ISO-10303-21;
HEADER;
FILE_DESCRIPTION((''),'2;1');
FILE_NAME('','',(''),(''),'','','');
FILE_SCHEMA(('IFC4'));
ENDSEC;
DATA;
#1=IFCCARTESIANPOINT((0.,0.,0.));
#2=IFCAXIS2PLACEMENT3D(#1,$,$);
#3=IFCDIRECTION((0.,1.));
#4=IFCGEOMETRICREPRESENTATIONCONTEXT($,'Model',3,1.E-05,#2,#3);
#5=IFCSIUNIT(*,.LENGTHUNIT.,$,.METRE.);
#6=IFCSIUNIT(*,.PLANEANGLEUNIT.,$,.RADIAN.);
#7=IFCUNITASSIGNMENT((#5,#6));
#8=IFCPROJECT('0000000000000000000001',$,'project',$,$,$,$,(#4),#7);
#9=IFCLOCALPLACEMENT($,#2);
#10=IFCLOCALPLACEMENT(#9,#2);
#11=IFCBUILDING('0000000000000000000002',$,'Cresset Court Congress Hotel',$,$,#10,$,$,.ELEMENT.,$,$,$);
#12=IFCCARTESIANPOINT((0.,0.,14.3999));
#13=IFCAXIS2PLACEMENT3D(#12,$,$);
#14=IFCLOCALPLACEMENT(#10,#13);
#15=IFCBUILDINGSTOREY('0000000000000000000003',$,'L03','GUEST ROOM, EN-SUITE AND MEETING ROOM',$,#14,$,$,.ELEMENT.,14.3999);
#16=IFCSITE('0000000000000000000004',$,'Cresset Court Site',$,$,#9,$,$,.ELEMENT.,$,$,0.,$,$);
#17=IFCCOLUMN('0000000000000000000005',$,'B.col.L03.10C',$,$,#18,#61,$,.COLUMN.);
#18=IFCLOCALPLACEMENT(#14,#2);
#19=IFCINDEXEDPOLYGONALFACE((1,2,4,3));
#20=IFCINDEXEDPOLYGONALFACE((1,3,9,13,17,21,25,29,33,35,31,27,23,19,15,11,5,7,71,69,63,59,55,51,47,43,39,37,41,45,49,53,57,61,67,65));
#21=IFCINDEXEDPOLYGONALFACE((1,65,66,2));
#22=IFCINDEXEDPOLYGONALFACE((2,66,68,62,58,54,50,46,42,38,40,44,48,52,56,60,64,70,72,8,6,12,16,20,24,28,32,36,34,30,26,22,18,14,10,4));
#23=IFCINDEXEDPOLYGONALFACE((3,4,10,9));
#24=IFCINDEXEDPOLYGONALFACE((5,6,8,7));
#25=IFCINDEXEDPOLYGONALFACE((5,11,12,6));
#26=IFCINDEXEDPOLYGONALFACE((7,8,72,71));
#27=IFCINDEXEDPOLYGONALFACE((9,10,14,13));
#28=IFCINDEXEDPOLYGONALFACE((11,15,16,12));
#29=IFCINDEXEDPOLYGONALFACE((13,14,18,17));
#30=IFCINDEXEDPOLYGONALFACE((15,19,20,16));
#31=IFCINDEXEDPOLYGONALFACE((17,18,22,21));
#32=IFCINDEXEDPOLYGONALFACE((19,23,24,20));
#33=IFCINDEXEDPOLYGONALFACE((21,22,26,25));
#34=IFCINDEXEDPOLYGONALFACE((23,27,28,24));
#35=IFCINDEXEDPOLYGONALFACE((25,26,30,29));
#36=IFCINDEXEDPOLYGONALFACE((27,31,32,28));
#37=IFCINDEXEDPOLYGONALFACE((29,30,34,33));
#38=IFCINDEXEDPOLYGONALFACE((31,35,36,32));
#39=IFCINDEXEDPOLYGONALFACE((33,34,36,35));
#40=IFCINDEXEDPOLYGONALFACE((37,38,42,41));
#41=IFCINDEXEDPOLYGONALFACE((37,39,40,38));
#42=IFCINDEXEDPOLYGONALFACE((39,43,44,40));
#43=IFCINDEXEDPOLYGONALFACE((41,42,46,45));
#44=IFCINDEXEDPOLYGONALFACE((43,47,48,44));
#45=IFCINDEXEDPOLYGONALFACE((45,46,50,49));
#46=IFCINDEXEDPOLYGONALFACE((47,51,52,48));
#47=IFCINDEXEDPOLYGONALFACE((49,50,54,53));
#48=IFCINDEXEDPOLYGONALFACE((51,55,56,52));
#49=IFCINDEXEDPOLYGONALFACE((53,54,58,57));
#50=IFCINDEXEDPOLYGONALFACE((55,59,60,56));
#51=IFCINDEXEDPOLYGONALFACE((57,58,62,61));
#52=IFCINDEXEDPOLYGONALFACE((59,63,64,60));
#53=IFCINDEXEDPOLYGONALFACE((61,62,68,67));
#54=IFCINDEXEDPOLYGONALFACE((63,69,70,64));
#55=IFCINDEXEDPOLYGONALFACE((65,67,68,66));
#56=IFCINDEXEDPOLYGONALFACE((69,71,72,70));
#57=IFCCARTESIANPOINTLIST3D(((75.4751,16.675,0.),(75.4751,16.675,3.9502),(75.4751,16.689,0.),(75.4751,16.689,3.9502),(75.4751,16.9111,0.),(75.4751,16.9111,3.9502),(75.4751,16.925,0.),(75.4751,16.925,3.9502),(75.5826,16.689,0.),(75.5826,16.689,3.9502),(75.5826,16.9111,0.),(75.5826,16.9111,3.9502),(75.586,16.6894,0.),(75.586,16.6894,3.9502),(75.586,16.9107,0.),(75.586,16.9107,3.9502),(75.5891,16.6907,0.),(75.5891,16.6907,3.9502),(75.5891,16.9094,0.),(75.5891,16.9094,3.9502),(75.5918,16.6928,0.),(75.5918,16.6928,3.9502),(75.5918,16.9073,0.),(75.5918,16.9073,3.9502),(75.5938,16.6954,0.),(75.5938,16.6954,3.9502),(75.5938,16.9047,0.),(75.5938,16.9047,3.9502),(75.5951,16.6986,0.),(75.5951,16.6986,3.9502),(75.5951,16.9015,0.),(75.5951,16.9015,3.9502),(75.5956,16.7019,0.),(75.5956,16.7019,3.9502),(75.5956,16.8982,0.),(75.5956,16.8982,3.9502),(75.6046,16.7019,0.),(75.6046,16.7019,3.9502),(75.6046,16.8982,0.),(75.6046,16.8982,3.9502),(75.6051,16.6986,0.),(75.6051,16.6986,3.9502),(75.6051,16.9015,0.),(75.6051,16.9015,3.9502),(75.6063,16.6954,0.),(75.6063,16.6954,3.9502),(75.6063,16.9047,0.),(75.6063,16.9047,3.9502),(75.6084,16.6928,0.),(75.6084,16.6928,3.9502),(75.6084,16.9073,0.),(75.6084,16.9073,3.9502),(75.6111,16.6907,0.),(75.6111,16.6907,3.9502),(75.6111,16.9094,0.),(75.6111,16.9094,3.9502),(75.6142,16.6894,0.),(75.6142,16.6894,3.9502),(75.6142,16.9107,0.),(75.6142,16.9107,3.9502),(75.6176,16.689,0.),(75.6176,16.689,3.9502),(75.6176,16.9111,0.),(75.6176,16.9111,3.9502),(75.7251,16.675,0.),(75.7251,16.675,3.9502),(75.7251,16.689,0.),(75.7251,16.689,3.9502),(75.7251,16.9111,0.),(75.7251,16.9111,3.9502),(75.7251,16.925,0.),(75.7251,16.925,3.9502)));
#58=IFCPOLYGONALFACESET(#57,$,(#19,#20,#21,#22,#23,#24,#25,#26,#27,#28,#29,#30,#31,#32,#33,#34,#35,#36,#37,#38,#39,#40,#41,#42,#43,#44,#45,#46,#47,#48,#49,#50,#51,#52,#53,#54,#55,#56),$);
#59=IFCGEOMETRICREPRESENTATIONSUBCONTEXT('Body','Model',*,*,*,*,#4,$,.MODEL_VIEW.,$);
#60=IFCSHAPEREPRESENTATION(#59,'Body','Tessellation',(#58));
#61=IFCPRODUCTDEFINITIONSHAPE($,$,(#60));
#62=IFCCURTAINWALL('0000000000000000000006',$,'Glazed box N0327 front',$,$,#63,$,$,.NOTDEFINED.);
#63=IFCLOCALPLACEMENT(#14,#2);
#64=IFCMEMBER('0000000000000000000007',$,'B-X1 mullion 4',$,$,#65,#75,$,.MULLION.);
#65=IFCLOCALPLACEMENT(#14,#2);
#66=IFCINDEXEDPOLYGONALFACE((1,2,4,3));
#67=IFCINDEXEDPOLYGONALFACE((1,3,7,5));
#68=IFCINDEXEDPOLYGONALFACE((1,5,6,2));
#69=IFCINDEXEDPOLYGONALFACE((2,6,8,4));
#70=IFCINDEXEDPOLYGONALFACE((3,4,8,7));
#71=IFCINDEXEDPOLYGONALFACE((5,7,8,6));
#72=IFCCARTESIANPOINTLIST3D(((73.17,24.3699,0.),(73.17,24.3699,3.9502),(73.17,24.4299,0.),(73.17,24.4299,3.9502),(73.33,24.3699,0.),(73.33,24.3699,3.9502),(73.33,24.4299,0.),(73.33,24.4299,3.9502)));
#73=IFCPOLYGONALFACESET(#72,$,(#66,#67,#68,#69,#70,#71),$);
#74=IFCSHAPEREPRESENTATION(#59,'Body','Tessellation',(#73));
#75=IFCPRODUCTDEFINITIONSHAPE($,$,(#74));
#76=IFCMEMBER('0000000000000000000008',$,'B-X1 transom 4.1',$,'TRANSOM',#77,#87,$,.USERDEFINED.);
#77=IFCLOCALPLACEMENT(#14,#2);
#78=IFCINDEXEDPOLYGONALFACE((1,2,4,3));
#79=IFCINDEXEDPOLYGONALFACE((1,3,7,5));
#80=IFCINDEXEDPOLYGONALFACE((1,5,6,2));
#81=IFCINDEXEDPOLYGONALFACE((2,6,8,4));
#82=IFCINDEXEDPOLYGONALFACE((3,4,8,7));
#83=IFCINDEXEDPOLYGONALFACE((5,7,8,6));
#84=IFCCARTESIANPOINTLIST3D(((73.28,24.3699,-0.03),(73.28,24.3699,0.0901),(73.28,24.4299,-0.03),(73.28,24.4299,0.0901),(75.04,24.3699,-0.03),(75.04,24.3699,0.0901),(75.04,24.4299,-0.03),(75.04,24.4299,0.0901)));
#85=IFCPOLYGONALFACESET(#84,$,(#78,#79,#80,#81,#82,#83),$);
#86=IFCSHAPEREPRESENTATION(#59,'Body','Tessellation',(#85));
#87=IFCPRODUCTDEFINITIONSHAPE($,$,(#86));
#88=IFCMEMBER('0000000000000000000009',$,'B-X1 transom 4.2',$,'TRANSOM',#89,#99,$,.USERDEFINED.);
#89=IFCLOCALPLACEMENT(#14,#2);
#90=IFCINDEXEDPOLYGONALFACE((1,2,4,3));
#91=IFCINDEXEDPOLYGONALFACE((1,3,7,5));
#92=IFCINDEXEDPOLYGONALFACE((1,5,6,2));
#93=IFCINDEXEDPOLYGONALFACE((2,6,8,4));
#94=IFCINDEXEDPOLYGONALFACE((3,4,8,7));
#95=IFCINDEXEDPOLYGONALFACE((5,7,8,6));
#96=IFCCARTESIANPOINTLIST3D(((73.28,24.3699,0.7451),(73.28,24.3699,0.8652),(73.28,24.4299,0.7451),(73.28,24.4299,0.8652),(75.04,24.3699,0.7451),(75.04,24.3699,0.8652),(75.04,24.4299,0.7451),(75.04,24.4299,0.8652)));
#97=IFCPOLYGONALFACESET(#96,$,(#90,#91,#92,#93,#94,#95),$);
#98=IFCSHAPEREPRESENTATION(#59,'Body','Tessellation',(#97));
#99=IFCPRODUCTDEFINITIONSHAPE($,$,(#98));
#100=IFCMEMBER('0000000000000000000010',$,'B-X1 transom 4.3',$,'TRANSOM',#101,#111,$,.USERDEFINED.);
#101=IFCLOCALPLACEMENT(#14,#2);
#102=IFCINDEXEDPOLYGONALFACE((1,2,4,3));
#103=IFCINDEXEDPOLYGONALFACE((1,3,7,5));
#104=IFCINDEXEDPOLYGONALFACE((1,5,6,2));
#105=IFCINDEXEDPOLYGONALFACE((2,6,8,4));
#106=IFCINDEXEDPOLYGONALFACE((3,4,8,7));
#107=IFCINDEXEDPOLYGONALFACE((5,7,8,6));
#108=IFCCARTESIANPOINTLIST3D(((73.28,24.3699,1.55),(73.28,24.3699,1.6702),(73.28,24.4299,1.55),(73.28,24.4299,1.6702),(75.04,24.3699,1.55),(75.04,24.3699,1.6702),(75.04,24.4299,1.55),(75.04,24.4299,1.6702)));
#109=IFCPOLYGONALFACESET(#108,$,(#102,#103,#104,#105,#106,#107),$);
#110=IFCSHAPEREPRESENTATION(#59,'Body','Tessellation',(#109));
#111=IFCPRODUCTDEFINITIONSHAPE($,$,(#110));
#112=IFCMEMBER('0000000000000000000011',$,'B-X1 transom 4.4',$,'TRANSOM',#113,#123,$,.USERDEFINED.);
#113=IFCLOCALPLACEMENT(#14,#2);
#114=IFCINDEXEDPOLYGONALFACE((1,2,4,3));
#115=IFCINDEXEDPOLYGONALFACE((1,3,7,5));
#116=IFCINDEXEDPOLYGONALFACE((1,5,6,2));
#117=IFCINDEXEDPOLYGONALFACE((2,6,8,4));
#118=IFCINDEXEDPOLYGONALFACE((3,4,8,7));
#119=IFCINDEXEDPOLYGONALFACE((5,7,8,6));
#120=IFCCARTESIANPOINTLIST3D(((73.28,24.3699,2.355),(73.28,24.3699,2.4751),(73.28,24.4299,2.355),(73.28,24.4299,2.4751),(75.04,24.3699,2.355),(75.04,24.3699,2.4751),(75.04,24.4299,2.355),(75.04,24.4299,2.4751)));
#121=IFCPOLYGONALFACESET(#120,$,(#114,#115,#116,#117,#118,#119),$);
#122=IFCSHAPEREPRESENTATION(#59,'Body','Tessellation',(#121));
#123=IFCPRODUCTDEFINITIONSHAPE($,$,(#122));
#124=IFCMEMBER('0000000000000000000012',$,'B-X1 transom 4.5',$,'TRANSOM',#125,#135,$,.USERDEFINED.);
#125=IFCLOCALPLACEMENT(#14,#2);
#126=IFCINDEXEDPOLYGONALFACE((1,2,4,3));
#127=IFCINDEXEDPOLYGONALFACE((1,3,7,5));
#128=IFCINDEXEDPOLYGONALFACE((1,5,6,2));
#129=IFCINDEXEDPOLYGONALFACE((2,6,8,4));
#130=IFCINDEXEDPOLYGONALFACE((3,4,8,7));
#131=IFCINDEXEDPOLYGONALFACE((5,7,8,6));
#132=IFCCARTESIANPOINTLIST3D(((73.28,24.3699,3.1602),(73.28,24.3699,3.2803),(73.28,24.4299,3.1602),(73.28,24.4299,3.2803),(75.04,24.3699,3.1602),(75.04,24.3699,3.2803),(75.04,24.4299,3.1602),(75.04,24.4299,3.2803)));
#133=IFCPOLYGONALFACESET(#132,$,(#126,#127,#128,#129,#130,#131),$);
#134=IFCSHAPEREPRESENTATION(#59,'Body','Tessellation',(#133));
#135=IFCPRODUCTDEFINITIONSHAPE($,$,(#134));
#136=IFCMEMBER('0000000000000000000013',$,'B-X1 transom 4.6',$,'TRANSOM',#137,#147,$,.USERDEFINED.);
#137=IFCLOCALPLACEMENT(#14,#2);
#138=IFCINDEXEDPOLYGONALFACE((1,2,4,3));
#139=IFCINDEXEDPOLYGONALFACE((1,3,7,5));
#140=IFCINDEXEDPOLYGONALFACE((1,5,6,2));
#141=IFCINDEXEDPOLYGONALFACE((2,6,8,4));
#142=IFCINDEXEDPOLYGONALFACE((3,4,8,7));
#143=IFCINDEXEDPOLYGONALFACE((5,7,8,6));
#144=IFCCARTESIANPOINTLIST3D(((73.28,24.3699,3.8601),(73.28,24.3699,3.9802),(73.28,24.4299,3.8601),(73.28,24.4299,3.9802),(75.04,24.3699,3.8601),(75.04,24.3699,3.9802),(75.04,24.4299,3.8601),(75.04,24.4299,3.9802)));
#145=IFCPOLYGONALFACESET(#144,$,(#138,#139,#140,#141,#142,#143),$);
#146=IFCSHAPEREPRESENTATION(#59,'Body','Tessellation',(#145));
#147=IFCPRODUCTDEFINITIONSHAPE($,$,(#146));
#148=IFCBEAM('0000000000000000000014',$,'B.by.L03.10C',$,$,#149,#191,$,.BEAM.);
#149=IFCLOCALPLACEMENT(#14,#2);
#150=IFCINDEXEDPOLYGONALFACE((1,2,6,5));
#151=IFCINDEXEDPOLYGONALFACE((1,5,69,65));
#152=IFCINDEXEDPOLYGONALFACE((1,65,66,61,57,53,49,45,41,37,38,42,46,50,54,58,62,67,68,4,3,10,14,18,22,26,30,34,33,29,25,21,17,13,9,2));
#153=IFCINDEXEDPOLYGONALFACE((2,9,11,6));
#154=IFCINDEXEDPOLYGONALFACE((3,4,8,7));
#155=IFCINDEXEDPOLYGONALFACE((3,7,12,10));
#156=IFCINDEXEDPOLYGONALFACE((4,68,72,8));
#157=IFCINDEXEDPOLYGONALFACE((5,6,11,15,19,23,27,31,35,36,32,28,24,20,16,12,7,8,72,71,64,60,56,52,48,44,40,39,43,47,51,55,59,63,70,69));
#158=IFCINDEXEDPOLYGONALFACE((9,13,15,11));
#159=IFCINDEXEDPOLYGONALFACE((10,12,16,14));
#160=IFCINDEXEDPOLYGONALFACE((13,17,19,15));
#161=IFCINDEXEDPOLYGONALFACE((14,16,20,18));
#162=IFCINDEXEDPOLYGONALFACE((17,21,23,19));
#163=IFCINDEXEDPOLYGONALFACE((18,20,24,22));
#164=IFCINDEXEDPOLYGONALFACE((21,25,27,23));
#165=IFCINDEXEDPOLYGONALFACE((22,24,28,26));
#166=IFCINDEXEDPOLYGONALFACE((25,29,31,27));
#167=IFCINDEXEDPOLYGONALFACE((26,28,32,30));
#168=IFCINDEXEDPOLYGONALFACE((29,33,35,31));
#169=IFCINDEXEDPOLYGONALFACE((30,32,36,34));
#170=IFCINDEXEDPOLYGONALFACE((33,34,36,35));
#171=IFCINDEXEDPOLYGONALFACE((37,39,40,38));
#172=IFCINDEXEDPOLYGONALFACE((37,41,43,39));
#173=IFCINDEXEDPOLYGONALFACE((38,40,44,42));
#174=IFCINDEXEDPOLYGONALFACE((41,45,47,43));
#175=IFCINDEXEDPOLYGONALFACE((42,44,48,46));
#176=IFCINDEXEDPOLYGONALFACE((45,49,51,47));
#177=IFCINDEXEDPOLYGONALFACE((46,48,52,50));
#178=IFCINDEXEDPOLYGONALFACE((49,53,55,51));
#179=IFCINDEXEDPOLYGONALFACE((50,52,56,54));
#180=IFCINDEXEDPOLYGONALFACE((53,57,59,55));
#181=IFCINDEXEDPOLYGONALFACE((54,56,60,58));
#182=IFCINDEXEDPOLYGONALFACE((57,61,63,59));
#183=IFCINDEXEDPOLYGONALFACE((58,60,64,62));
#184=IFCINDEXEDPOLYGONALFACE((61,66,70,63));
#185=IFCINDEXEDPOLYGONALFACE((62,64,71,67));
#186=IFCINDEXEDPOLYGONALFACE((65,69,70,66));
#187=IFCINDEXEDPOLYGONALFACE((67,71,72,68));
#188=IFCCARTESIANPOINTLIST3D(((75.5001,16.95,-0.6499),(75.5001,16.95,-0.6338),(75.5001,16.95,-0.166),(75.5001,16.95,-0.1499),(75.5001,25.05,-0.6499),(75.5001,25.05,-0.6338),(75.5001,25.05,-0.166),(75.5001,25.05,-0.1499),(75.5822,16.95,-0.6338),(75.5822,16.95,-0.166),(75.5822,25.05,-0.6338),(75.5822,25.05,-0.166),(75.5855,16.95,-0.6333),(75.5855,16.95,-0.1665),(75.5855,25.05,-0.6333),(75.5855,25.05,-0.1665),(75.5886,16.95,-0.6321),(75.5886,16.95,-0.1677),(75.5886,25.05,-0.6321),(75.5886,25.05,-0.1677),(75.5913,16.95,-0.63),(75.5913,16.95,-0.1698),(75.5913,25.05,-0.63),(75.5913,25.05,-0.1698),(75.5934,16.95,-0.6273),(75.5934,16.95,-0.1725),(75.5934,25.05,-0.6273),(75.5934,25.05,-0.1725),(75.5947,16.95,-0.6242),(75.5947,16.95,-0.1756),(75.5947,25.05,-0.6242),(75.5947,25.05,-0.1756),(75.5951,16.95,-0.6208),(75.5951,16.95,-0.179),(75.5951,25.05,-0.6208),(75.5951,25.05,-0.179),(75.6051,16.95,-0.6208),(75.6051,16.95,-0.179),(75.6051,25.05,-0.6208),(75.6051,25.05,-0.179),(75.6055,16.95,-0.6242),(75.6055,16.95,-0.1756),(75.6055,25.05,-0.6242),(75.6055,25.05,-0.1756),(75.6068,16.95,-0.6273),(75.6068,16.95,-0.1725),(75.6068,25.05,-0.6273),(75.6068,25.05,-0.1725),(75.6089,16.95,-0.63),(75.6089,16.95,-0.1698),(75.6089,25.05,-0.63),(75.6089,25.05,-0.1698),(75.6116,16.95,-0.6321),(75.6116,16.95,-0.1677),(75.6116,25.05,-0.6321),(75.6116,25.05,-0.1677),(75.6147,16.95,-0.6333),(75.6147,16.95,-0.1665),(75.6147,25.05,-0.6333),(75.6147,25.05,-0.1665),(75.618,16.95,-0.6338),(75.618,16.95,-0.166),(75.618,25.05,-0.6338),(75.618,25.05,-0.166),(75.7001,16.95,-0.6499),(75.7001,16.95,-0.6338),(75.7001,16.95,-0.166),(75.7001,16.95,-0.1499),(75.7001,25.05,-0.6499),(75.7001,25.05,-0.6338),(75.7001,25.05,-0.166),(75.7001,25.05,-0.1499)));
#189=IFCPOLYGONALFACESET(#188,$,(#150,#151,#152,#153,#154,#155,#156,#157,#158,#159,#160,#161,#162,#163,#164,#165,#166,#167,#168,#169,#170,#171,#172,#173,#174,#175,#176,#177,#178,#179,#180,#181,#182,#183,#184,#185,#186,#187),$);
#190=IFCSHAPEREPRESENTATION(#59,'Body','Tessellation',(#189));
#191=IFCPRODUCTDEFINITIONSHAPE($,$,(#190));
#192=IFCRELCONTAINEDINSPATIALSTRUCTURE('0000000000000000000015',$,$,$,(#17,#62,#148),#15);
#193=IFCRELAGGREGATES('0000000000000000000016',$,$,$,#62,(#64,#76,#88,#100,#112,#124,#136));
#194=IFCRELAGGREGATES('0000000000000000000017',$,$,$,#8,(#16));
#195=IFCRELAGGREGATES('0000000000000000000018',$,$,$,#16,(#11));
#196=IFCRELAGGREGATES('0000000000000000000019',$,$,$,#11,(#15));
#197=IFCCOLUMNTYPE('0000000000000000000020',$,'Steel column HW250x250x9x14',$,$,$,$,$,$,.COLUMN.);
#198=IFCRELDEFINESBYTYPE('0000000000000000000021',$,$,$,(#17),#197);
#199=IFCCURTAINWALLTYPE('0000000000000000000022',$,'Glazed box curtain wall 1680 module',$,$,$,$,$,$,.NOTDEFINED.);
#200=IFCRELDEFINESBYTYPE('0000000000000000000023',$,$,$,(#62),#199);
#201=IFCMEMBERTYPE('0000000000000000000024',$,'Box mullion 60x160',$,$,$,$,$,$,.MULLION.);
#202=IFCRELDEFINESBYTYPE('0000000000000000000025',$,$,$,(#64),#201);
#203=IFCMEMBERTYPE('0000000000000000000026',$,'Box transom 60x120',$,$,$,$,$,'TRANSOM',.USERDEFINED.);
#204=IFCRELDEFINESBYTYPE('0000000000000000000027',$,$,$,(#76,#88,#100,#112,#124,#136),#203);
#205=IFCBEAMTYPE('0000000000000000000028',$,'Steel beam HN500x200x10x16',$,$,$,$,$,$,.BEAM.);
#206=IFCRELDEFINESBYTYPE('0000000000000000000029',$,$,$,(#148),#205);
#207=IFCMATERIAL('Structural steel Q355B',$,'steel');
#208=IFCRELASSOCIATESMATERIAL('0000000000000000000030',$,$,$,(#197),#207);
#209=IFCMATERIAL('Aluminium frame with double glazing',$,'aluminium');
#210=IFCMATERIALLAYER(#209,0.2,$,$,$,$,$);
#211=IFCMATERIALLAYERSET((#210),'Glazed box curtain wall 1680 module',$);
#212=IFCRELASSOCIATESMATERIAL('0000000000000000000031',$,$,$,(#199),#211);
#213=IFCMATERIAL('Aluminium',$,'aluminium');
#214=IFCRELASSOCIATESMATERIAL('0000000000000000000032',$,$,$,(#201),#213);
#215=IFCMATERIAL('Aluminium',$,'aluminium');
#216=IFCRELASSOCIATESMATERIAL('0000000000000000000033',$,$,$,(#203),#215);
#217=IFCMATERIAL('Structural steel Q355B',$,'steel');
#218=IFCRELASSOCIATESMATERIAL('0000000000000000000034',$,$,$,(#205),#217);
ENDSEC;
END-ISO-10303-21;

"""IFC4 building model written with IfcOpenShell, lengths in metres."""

from ifc_helpers import new_model, si_unit, direction, frame, origin, origin_2d, place, context, subcontext, project, spatial, rectangle, i_section, extrude, material, layer, layer_set, material_profile, profile_set, type_object, element, aggregate, save


model = new_model("IFC4")

# Units and contexts
model_context = context("Model", 3, precision=1e-05, world=origin(), true_north=direction((0.0, 1.0)))
body_context = subcontext(model_context, "Body", "Model", "MODEL_VIEW")
ifc_project = project(units=[si_unit("LENGTHUNIT", "METRE"), si_unit("PLANEANGLEUNIT", "RADIAN")], contexts=[model_context])

# Site, building, storey
site_placement = place(None, origin())
site = spatial("IfcSite", under=ifc_project, at=site_placement, Name="Cresset Court Site", CompositionType="ELEMENT", RefElevation=0.0)
building_placement = place(site_placement, origin())
building = spatial("IfcBuilding", under=site, at=building_placement, Name="Cresset Court Congress Hotel", CompositionType="ELEMENT")
storey_placement = place(building_placement, frame((0.0, 0.0, 14.3999)))
storey = spatial("IfcBuildingStorey", under=building, at=storey_placement, Name="L03", Description="GUEST ROOM, EN-SUITE AND MEETING ROOM", CompositionType="ELEMENT", Elevation=14.3999)

# Column
ifc_material_1 = material(Name="Structural steel Q355B", Category="steel")
ifc_material_profile_1 = material_profile(ifc_material_1, i_section(OverallWidth=0.25, OverallDepth=0.25, WebThickness=0.009, FlangeThickness=0.0139, FilletRadius=0.0129, at=origin_2d()), Name="HW250x250x9x14")
ifc_profile_set_1 = profile_set([ifc_material_profile_1], Name="Structural steel Q355B")
column_type = type_object("IfcColumnType", Name="Steel column HW250x250x9x14", PredefinedType="COLUMN", material=ifc_profile_set_1)
column_placement = place(storey_placement, frame((75.6001, 16.8, 0.0), z_axis=(0.0, 0.0, 1.0), x_axis=(1.0, 0.0, 0.0)))
element("IfcColumn", 1, at=column_placement, inside=storey, type_object=column_type, Name="B.col.L03.10C", PredefinedType="COLUMN", context=body_context, shape_type="SweptSolid", body=[
    extrude(i_section(OverallWidth=0.25, OverallDepth=0.25, WebThickness=0.009, FlangeThickness=0.0139, FilletRadius=0.0129, at=origin_2d()), origin(), (0.0, 0.0, 1.0), 3.9502),
])

# Curtain wall, members
ifc_material_2 = material(Name="Aluminium frame with double glazing", Category="aluminium")
ifc_layer_1 = layer(ifc_material_2, 0.2)
ifc_layer_set_1 = layer_set([ifc_layer_1], Name="Glazed box curtain wall 1680 module")
curtain_wall_type = type_object("IfcCurtainWallType", Name="Glazed box curtain wall 1680 module", PredefinedType="NOTDEFINED", material=ifc_layer_set_1)
curtain_wall_placement = place(storey_placement, origin())
curtain_wall = element("IfcCurtainWall", 2, at=curtain_wall_placement, inside=storey, type_object=curtain_wall_type, Name="Glazed box N0327 front", PredefinedType="NOTDEFINED")
ifc_material_3 = material(Name="Aluminium", Category="aluminium")
ifc_material_profile_2 = material_profile(ifc_material_3, rectangle(XDim=0.0601, YDim=0.1599, at=origin_2d()), Name="Box mullion 60x160")
ifc_profile_set_2 = profile_set([ifc_material_profile_2], Name="Aluminium")
member_type_1 = type_object("IfcMemberType", Name="Box mullion 60x160", PredefinedType="MULLION", material=ifc_profile_set_2)
member_1_placement = place(storey_placement, frame((73.25, 24.3999, 0.0), z_axis=(0.0, 0.0, 1.0), x_axis=(0.0, 1.0, 0.0)))
member_1 = element("IfcMember", 3, at=member_1_placement, type_object=member_type_1, Name="B-X1 mullion 4", PredefinedType="MULLION", context=body_context, shape_type="SweptSolid", body=[
    extrude(rectangle(XDim=0.0601, YDim=0.1599, at=origin_2d()), origin(), (0.0, 0.0, 1.0), 3.9502),
])
ifc_material_4 = material(Name="Aluminium", Category="aluminium")
ifc_material_profile_3 = material_profile(ifc_material_4, rectangle(XDim=0.0601, YDim=0.1201, at=origin_2d()), Name="Box transom 60x120")
ifc_profile_set_3 = profile_set([ifc_material_profile_3], Name="Aluminium")
member_type_2 = type_object("IfcMemberType", Name="Box transom 60x120", ElementType="TRANSOM", PredefinedType="USERDEFINED", material=ifc_profile_set_3)
member_2_placement = place(storey_placement, frame((73.28, 24.3999, 0.03), z_axis=(1.0, 0.0, 0.0), x_axis=(0.0, 1.0, 0.0)))
member_2 = element("IfcMember", 4, at=member_2_placement, type_object=member_type_2, Name="B-X1 transom 4.1", ObjectType="TRANSOM", PredefinedType="USERDEFINED", context=body_context, shape_type="SweptSolid", body=[
    extrude(rectangle(XDim=0.0601, YDim=0.1201, at=origin_2d()), origin(), (0.0, 0.0, 1.0), 1.76),
])
member_3_placement = place(storey_placement, frame((73.28, 24.3999, 0.8052), z_axis=(1.0, 0.0, 0.0), x_axis=(0.0, 1.0, 0.0)))
member_3 = element("IfcMember", 5, at=member_3_placement, type_object=member_type_2, Name="B-X1 transom 4.2", ObjectType="TRANSOM", PredefinedType="USERDEFINED", context=body_context, shape_type="SweptSolid", body=[
    extrude(rectangle(XDim=0.0601, YDim=0.1201, at=origin_2d()), origin(), (0.0, 0.0, 1.0), 1.76),
])
member_4_placement = place(storey_placement, frame((73.28, 24.3999, 1.6101), z_axis=(1.0, 0.0, 0.0), x_axis=(0.0, 1.0, 0.0)))
member_4 = element("IfcMember", 6, at=member_4_placement, type_object=member_type_2, Name="B-X1 transom 4.3", ObjectType="TRANSOM", PredefinedType="USERDEFINED", context=body_context, shape_type="SweptSolid", body=[
    extrude(rectangle(XDim=0.0601, YDim=0.1201, at=origin_2d()), origin(), (0.0, 0.0, 1.0), 1.76),
])
member_5_placement = place(storey_placement, frame((73.28, 24.3999, 2.415), z_axis=(1.0, 0.0, 0.0), x_axis=(0.0, 1.0, 0.0)))
member_5 = element("IfcMember", 7, at=member_5_placement, type_object=member_type_2, Name="B-X1 transom 4.4", ObjectType="TRANSOM", PredefinedType="USERDEFINED", context=body_context, shape_type="SweptSolid", body=[
    extrude(rectangle(XDim=0.0601, YDim=0.1201, at=origin_2d()), origin(), (0.0, 0.0, 1.0), 1.76),
])
member_6_placement = place(storey_placement, frame((73.28, 24.3999, 3.2202), z_axis=(1.0, 0.0, 0.0), x_axis=(0.0, 1.0, 0.0)))
member_6 = element("IfcMember", 8, at=member_6_placement, type_object=member_type_2, Name="B-X1 transom 4.5", ObjectType="TRANSOM", PredefinedType="USERDEFINED", context=body_context, shape_type="SweptSolid", body=[
    extrude(rectangle(XDim=0.0601, YDim=0.1201, at=origin_2d()), origin(), (0.0, 0.0, 1.0), 1.76),
])
member_7_placement = place(storey_placement, frame((73.28, 24.3999, 3.9202), z_axis=(1.0, 0.0, 0.0), x_axis=(0.0, 1.0, 0.0)))
member_7 = element("IfcMember", 9, at=member_7_placement, type_object=member_type_2, Name="B-X1 transom 4.6", ObjectType="TRANSOM", PredefinedType="USERDEFINED", context=body_context, shape_type="SweptSolid", body=[
    extrude(rectangle(XDim=0.0601, YDim=0.1201, at=origin_2d()), origin(), (0.0, 0.0, 1.0), 1.76),
])

# Beam
ifc_material_5 = material(Name="Structural steel Q355B", Category="steel")
ifc_material_profile_4 = material_profile(ifc_material_5, i_section(OverallWidth=0.2, OverallDepth=0.5, WebThickness=0.01, FlangeThickness=0.0161, FilletRadius=0.0129, at=origin_2d()), Name="HN500x200x10x16")
ifc_profile_set_4 = profile_set([ifc_material_profile_4], Name="Structural steel Q355B")
beam_type_1 = type_object("IfcBeamType", Name="Steel beam HN500x200x10x16", PredefinedType="BEAM", material=ifc_profile_set_4)
beam_1_placement = place(storey_placement, frame((75.6001, 16.95, -0.3999), z_axis=(0.0, 1.0, 0.0), x_axis=(-1.0, 0.0, 0.0)))
element("IfcBeam", 10, at=beam_1_placement, inside=storey, type_object=beam_type_1, Name="B.by.L03.10C", PredefinedType="BEAM", context=body_context, shape_type="SweptSolid", body=[
    extrude(i_section(OverallWidth=0.2, OverallDepth=0.5, WebThickness=0.01, FlangeThickness=0.0161, FilletRadius=0.0129, at=origin_2d()), origin(), (0.0, 0.0, 1.0), 8.1001),
])

aggregate(curtain_wall, [member_1, member_2, member_3, member_4, member_5, member_6, member_7])

save(model, "model.ifc")
